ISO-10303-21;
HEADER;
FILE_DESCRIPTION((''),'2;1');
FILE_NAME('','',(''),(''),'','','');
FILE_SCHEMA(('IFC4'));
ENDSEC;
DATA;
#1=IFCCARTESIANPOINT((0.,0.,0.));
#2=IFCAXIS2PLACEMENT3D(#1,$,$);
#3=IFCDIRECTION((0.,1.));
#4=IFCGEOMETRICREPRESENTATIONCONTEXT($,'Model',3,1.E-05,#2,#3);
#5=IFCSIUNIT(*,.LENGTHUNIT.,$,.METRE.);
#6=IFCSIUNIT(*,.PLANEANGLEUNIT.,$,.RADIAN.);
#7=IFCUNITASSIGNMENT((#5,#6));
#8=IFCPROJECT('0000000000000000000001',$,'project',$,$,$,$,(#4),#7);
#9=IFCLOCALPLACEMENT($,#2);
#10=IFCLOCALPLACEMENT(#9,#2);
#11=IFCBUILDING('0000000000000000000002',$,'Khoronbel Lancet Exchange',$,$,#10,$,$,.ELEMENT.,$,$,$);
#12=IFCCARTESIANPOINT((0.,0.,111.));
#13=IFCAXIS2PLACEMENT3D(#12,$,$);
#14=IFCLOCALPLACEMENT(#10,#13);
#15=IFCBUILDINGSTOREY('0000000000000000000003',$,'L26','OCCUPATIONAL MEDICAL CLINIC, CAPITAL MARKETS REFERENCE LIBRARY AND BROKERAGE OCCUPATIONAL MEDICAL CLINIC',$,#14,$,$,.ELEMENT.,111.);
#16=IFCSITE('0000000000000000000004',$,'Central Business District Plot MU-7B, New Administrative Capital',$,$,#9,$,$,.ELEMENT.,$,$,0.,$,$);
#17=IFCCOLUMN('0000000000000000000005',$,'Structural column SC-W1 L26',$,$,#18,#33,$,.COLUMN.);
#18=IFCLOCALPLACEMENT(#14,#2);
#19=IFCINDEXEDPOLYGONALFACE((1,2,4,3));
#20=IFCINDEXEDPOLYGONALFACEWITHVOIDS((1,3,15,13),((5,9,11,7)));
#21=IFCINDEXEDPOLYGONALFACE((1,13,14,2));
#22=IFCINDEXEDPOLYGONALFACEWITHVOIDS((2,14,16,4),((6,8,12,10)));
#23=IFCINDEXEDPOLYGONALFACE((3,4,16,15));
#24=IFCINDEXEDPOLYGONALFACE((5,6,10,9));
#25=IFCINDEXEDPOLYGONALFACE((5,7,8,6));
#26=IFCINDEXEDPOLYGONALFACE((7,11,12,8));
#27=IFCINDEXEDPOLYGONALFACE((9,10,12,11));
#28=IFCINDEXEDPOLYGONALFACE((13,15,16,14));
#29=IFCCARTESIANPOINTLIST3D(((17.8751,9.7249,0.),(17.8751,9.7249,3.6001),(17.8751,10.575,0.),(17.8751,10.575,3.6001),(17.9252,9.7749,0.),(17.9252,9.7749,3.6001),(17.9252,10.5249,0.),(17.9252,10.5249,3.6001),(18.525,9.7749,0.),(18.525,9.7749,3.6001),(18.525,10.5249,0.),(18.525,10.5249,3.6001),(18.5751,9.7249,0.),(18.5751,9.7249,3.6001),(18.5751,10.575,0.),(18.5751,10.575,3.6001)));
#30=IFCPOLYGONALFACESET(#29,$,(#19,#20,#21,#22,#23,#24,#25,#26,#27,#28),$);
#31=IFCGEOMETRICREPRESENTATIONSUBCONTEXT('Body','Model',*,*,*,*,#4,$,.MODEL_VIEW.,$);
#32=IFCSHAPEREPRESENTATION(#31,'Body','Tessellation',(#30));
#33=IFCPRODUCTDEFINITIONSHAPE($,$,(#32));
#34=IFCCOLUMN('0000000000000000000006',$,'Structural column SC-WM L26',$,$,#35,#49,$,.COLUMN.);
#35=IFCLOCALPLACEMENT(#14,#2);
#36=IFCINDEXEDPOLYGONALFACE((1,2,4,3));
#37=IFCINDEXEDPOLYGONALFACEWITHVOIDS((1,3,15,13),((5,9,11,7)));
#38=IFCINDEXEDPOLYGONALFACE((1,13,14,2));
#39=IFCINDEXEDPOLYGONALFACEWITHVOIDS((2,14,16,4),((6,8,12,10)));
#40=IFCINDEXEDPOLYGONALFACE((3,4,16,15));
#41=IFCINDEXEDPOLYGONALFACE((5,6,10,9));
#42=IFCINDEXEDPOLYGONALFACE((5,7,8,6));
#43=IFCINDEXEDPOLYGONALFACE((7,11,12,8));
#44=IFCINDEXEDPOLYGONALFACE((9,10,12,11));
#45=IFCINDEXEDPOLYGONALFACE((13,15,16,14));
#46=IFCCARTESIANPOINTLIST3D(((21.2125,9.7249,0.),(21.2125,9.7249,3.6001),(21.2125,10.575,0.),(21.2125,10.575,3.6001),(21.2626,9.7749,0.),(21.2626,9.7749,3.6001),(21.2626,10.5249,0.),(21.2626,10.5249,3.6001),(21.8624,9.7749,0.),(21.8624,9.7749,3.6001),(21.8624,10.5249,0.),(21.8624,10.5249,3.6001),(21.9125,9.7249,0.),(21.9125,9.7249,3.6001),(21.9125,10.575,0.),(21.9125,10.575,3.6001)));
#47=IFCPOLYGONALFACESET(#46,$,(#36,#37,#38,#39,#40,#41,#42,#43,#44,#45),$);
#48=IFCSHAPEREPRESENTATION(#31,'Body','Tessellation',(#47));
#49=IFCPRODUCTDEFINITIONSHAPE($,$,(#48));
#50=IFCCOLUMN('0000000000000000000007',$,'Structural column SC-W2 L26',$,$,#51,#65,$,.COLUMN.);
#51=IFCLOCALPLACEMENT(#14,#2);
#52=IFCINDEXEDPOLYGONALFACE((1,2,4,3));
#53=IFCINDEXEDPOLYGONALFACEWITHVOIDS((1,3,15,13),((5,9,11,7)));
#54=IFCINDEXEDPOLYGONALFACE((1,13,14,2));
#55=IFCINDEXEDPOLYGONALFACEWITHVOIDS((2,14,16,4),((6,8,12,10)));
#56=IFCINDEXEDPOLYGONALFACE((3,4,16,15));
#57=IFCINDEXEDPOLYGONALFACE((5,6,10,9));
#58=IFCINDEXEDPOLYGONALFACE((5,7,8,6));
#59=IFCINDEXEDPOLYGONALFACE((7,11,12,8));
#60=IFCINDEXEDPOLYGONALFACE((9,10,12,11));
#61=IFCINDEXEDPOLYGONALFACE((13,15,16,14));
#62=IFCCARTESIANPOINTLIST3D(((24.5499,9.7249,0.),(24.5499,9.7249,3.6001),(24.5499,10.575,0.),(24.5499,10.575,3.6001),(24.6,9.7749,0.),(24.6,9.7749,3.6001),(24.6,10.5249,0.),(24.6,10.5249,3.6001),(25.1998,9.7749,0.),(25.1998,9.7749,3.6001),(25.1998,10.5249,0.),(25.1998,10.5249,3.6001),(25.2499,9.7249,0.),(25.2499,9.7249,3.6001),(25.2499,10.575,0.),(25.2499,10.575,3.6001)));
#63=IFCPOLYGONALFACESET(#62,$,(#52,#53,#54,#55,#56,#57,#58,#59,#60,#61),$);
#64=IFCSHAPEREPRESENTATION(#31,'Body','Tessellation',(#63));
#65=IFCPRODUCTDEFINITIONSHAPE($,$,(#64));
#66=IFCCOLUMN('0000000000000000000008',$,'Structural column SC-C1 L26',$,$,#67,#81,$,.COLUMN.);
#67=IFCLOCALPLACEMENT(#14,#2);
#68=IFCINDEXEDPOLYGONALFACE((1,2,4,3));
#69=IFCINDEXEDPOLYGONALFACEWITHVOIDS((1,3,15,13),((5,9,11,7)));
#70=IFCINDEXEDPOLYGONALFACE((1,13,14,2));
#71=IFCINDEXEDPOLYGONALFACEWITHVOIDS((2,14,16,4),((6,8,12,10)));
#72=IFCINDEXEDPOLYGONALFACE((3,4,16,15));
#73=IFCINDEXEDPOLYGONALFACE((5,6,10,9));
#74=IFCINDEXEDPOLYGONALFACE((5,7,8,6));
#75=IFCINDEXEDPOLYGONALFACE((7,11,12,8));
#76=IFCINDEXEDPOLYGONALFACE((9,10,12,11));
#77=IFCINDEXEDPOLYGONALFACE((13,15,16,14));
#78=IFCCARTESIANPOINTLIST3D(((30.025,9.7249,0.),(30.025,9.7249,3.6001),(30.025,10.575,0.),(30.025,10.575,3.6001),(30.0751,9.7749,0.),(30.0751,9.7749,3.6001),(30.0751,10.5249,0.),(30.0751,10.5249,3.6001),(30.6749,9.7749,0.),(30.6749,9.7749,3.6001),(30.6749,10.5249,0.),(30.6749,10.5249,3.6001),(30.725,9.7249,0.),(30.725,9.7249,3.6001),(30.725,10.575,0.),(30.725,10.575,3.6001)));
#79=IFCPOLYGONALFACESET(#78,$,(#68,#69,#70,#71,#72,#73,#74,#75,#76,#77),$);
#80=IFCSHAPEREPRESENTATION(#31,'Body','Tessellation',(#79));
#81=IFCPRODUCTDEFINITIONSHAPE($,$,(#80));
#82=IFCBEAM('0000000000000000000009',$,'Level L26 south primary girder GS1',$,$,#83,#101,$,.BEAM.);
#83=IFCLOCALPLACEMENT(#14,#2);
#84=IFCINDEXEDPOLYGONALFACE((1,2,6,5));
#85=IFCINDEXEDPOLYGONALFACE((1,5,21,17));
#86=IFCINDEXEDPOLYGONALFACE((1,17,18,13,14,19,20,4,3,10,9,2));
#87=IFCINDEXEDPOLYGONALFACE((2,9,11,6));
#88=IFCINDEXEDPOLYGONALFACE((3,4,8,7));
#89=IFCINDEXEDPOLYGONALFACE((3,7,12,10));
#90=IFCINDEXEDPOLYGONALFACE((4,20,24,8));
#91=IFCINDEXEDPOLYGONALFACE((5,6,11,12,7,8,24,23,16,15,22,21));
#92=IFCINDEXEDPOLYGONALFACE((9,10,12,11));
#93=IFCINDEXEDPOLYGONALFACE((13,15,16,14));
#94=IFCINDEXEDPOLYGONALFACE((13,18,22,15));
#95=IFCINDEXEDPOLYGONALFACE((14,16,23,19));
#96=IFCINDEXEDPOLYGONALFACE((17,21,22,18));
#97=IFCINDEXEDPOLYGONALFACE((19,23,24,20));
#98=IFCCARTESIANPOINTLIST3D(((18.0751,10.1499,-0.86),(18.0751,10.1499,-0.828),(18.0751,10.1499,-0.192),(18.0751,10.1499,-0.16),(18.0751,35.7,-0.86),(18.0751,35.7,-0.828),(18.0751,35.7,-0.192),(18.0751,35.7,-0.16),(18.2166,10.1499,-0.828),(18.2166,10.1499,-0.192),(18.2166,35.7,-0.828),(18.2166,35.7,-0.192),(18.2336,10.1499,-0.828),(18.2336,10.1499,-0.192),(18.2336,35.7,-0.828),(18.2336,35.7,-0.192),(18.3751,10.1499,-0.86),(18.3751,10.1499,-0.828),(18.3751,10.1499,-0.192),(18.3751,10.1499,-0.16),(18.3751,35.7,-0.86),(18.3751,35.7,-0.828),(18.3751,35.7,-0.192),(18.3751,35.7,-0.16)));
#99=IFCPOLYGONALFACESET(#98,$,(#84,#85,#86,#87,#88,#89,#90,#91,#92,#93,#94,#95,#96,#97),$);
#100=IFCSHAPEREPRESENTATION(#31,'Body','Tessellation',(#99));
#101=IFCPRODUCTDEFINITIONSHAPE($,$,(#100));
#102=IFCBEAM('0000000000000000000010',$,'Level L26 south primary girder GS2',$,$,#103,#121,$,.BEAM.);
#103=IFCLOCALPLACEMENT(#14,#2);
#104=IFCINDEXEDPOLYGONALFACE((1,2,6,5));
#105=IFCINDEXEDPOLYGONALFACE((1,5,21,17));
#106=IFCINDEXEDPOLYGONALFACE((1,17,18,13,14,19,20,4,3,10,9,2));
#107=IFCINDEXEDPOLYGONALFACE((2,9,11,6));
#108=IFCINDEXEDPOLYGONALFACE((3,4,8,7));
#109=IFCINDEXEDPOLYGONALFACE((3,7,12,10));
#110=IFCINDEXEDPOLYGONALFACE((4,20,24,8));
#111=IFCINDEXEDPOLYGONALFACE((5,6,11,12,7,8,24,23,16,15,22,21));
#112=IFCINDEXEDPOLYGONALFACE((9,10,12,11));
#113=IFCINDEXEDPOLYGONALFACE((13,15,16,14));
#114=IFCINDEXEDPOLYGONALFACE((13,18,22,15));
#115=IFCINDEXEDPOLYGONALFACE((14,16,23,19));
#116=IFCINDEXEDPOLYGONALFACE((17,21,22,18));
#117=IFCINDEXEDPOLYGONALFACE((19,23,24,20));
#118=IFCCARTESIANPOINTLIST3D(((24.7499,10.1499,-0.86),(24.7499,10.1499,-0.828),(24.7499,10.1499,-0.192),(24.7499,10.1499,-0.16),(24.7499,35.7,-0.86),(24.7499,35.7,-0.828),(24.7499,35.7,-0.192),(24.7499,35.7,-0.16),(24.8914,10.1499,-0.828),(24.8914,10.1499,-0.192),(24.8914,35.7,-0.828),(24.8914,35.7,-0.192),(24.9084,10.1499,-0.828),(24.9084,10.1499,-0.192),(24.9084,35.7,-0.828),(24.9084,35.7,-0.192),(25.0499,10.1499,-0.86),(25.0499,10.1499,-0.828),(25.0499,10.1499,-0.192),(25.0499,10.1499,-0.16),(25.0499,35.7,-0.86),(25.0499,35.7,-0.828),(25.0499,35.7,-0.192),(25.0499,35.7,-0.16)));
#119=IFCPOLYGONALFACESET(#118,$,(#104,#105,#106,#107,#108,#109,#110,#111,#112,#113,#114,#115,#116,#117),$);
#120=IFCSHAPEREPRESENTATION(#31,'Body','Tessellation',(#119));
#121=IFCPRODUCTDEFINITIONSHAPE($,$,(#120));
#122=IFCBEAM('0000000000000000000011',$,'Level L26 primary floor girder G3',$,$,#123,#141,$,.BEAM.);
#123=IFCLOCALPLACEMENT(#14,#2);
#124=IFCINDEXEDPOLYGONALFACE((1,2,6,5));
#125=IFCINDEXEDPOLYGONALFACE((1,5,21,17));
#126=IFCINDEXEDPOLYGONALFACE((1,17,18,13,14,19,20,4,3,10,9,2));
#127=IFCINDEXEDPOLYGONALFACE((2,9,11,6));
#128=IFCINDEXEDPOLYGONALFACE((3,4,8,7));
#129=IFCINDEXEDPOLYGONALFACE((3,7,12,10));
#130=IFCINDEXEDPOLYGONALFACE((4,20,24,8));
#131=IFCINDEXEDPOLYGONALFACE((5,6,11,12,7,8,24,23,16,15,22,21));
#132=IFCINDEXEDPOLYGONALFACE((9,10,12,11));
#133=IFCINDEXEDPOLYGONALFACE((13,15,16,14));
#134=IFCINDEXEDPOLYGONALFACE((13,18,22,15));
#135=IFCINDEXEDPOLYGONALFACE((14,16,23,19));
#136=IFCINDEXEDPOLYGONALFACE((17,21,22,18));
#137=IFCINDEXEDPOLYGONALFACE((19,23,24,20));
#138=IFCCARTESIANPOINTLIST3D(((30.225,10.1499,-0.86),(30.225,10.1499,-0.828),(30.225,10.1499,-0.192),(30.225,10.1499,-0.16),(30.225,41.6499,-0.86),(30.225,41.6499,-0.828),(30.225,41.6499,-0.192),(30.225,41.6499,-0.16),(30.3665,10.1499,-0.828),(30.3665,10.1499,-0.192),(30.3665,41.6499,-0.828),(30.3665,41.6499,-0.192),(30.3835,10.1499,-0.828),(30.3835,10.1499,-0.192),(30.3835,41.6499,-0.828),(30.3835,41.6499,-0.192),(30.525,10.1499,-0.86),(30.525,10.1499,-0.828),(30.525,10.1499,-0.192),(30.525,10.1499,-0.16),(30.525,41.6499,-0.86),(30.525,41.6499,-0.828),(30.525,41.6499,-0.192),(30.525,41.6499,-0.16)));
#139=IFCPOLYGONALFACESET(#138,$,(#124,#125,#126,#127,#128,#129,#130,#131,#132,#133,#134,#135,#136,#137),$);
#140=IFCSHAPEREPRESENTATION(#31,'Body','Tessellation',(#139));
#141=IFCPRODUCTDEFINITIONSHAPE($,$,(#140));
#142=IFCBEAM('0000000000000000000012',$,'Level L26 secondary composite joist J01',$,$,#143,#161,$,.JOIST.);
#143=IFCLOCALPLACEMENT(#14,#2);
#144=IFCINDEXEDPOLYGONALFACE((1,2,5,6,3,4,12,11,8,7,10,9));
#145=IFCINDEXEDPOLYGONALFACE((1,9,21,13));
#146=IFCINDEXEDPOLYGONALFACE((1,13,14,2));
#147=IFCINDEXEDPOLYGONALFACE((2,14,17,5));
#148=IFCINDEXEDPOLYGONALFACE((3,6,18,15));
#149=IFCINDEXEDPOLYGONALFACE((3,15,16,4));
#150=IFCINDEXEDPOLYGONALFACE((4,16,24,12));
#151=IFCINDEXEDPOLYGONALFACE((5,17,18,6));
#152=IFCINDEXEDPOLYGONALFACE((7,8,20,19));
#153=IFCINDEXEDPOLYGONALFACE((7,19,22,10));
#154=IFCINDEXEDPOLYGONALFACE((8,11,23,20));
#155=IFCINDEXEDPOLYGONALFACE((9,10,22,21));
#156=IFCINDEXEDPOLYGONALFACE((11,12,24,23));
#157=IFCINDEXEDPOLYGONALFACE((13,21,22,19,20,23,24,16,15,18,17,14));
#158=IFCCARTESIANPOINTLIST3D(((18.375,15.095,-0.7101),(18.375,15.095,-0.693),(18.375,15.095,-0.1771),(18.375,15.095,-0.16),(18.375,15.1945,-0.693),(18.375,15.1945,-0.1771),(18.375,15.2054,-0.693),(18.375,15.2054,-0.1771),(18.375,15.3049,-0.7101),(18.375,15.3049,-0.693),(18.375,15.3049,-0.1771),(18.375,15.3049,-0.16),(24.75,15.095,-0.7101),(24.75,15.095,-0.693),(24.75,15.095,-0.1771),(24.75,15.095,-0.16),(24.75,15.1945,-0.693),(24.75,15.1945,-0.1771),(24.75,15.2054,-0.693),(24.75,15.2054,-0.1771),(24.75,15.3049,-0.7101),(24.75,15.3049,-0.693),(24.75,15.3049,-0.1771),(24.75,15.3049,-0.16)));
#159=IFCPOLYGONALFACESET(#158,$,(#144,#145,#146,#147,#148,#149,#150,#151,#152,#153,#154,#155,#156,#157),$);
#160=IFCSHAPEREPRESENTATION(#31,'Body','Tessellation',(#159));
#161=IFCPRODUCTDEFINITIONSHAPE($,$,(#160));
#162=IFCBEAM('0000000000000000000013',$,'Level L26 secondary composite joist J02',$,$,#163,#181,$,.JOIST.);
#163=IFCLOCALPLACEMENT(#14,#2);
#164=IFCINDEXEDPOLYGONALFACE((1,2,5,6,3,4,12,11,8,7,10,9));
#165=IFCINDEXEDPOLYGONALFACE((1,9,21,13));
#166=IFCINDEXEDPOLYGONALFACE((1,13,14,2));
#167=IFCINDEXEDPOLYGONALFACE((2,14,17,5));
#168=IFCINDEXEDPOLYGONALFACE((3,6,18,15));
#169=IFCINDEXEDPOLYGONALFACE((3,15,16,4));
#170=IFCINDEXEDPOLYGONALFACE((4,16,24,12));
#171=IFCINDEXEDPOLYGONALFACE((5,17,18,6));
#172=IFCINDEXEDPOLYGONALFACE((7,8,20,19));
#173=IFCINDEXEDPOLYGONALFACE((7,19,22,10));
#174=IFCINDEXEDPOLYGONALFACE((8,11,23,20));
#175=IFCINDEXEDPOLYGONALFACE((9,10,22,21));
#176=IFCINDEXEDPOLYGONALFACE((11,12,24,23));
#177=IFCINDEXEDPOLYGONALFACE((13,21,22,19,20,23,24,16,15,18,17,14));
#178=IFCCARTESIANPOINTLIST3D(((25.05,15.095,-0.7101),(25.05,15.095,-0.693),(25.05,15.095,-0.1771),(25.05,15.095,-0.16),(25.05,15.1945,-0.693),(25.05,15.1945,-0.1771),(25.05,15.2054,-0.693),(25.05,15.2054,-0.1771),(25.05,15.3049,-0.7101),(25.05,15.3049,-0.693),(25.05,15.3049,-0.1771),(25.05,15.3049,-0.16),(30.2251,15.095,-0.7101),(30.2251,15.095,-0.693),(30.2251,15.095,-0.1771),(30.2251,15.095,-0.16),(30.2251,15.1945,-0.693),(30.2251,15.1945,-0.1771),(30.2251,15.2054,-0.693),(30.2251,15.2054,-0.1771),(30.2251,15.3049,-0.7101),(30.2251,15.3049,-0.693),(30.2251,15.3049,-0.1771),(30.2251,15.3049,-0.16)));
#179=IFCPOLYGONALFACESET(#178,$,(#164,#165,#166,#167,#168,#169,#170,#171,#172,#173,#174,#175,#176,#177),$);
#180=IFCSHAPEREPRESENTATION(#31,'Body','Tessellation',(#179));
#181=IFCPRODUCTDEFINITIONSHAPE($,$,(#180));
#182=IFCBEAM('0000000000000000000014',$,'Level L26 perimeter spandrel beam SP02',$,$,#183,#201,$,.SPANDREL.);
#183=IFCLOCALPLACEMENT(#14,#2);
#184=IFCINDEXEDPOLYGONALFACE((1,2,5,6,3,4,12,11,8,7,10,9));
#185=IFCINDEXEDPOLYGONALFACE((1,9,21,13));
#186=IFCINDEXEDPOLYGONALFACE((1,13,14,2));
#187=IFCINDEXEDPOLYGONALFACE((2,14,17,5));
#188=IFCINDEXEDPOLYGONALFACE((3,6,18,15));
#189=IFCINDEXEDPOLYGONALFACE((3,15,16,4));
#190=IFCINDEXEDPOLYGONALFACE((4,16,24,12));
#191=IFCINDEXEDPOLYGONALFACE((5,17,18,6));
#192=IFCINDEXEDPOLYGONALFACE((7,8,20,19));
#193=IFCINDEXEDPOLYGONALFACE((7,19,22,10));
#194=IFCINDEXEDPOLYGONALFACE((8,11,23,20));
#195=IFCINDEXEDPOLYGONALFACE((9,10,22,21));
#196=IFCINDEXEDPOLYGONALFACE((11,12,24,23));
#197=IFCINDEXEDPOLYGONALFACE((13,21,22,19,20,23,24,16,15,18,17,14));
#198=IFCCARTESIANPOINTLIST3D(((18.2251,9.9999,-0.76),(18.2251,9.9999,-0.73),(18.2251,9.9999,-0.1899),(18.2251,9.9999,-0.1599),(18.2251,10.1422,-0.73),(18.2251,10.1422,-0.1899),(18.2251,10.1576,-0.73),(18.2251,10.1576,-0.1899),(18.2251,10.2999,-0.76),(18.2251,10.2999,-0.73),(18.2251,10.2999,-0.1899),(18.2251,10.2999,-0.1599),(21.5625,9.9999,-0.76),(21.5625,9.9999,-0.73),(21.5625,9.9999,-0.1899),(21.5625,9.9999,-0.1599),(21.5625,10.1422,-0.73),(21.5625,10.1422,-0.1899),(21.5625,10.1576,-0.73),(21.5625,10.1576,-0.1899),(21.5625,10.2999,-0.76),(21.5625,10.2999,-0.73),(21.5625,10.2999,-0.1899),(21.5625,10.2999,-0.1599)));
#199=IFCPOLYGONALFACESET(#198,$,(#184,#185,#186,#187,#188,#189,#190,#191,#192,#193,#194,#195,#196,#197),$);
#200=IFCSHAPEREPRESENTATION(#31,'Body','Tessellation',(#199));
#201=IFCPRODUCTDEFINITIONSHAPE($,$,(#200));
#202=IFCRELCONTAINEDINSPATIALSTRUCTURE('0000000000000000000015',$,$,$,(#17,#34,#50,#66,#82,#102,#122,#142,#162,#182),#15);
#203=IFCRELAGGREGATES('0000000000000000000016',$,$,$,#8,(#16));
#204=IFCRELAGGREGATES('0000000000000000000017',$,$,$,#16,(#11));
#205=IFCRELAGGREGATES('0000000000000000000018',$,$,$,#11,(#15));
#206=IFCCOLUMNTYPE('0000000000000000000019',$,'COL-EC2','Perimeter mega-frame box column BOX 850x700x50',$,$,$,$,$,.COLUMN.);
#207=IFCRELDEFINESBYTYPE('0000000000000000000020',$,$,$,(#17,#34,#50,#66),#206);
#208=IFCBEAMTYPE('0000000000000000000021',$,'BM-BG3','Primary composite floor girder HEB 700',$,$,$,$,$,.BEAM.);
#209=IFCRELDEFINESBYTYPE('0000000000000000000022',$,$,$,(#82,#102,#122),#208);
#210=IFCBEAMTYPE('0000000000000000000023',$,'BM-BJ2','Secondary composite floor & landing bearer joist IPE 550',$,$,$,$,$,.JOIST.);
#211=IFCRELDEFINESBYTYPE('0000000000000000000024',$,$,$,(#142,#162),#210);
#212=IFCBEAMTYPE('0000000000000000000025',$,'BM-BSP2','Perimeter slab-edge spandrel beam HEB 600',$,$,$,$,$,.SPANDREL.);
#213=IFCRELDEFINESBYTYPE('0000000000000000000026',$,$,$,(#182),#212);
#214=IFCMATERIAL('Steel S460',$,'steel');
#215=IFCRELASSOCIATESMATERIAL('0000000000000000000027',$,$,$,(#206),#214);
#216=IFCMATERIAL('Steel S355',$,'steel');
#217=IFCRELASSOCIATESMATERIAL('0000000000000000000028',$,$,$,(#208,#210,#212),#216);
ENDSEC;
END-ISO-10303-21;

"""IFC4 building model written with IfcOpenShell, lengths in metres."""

from ifc_helpers import new_model, si_unit, direction, frame, origin, origin_2d, place, context, subcontext, project, spatial, hollow_rectangle, i_section, extrude, material, material_profile, profile_set, type_object, element, save


model = new_model("IFC4")

# Units and contexts
model_context = context("Model", 3, precision=1e-05, world=origin(), true_north=direction((0.0, 1.0)))
body_context = subcontext(model_context, "Body", "Model", "MODEL_VIEW")
ifc_project = project(units=[si_unit("LENGTHUNIT", "METRE"), si_unit("PLANEANGLEUNIT", "RADIAN")], contexts=[model_context])

# Site, building, storey
site_placement = place(None, origin())
site = spatial("IfcSite", under=ifc_project, at=site_placement, Name="Central Business District Plot MU-7B, New Administrative Capital", CompositionType="ELEMENT", RefElevation=0.0)
building_placement = place(site_placement, origin())
building = spatial("IfcBuilding", under=site, at=building_placement, Name="Khoronbel Lancet Exchange", CompositionType="ELEMENT")
storey_placement = place(building_placement, frame((0.0, 0.0, 111.0)))
storey = spatial("IfcBuildingStorey", under=building, at=storey_placement, Name="L26", Description="OCCUPATIONAL MEDICAL CLINIC, CAPITAL MARKETS REFERENCE LIBRARY AND BROKERAGE OCCUPATIONAL MEDICAL CLINIC", CompositionType="ELEMENT", Elevation=111.0)

# Columns
ifc_material_1 = material(Name="Steel S460", Category="steel")
ifc_material_profile_1 = material_profile(ifc_material_1, hollow_rectangle(XDim=0.7, YDim=0.8501, WallThickness=0.05, at=origin_2d()), Name="BOX 850x700x50")
ifc_profile_set_1 = profile_set([ifc_material_profile_1], Name="Steel S460")
column_type = type_object("IfcColumnType", Name="COL-EC2", Description="Perimeter mega-frame box column BOX 850x700x50", PredefinedType="COLUMN", material=ifc_profile_set_1)
for number, where, z_axis, x_axis, name in (
    (1, (18.2251, 10.1499, 0.0), (0.0, 0.0, 1.0), (1.0, 0.0, 0.0), "Structural column SC-W1 L26"),
    (2, (21.5625, 10.1499, 0.0), (0.0, 0.0, 1.0), (1.0, 0.0, 0.0), "Structural column SC-WM L26"),
    (3, (24.8999, 10.1499, 0.0), (0.0, 0.0, 1.0), (1.0, 0.0, 0.0), "Structural column SC-W2 L26"),
    (4, (30.375, 10.1499, 0.0), (0.0, 0.0, 1.0), (1.0, 0.0, 0.0), "Structural column SC-C1 L26"),
):
    element("IfcColumn", number, at=place(storey_placement, frame(where, z_axis=z_axis, x_axis=x_axis)), inside=storey, type_object=column_type, Name=name, PredefinedType="COLUMN", context=body_context, shape_type="SweptSolid", body=[
        extrude(hollow_rectangle(XDim=0.7, YDim=0.8501, WallThickness=0.05, at=origin_2d()), origin(), (0.0, 0.0, 1.0), 3.6001),
    ])

# Beams
ifc_material_2 = material(Name="Steel S355", Category="steel")
ifc_material_profile_2 = material_profile(ifc_material_2, i_section(OverallWidth=0.3, OverallDepth=0.7, WebThickness=0.0171, FlangeThickness=0.032, at=origin_2d()), Name="HEB 700")
ifc_profile_set_2 = profile_set([ifc_material_profile_2], Name="Steel S355")
beam_type_1 = type_object("IfcBeamType", Name="BM-BG3", Description="Primary composite floor girder HEB 700", PredefinedType="BEAM", material=ifc_profile_set_2)
for number, where, z_axis, x_axis, name in (
    (5, (18.2251, 10.1499, -0.51), (0.0, 1.0, 0.0), (-1.0, 0.0, 0.0), "Level L26 south primary girder GS1"),
    (6, (24.8999, 10.1499, -0.51), (0.0, 1.0, 0.0), (-1.0, 0.0, 0.0), "Level L26 south primary girder GS2"),
):
    element("IfcBeam", number, at=place(storey_placement, frame(where, z_axis=z_axis, x_axis=x_axis)), inside=storey, type_object=beam_type_1, Name=name, PredefinedType="BEAM", context=body_context, shape_type="SweptSolid", body=[
        extrude(i_section(OverallWidth=0.3, OverallDepth=0.7, WebThickness=0.0171, FlangeThickness=0.032, at=origin_2d()), origin(), (0.0, 0.0, 1.0), 25.55),
    ])
beam_1_placement = place(storey_placement, frame((30.375, 10.1499, -0.51), z_axis=(0.0, 1.0, 0.0), x_axis=(-1.0, 0.0, 0.0)))
element("IfcBeam", 7, at=beam_1_placement, inside=storey, type_object=beam_type_1, Name="Level L26 primary floor girder G3", PredefinedType="BEAM", context=body_context, shape_type="SweptSolid", body=[
    extrude(i_section(OverallWidth=0.3, OverallDepth=0.7, WebThickness=0.0171, FlangeThickness=0.032, at=origin_2d()), origin(), (0.0, 0.0, 1.0), 31.5),
])
ifc_material_profile_3 = material_profile(ifc_material_2, i_section(OverallWidth=0.21, OverallDepth=0.55, WebThickness=0.011, FlangeThickness=0.0171, at=origin_2d()), Name="IPE 550")
ifc_profile_set_3 = profile_set([ifc_material_profile_3], Name="Steel S355")
beam_type_2 = type_object("IfcBeamType", Name="BM-BJ2", Description="Secondary composite floor & landing bearer joist IPE 550", PredefinedType="JOIST", material=ifc_profile_set_3)
beam_2_placement = place(storey_placement, frame((18.375, 15.2, -0.4351), z_axis=(1.0, 0.0, 0.0), x_axis=(0.0, 1.0, 0.0)))
element("IfcBeam", 8, at=beam_2_placement, inside=storey, type_object=beam_type_2, Name="Level L26 secondary composite joist J01", PredefinedType="JOIST", context=body_context, shape_type="SweptSolid", body=[
    extrude(i_section(OverallWidth=0.21, OverallDepth=0.55, WebThickness=0.011, FlangeThickness=0.0171, at=origin_2d()), origin(), (0.0, 0.0, 1.0), 6.375),
])
beam_3_placement = place(storey_placement, frame((25.05, 15.2, -0.4351), z_axis=(1.0, 0.0, 0.0), x_axis=(0.0, 1.0, 0.0)))
element("IfcBeam", 9, at=beam_3_placement, inside=storey, type_object=beam_type_2, Name="Level L26 secondary composite joist J02", PredefinedType="JOIST", context=body_context, shape_type="SweptSolid", body=[
    extrude(i_section(OverallWidth=0.21, OverallDepth=0.55, WebThickness=0.011, FlangeThickness=0.0171, at=origin_2d()), origin(), (0.0, 0.0, 1.0), 5.175),
])
ifc_material_profile_4 = material_profile(ifc_material_2, i_section(OverallWidth=0.3, OverallDepth=0.6001, WebThickness=0.0154, FlangeThickness=0.03, at=origin_2d()), Name="HEB 600")
ifc_profile_set_4 = profile_set([ifc_material_profile_4], Name="Steel S355")
beam_type_3 = type_object("IfcBeamType", Name="BM-BSP2", Description="Perimeter slab-edge spandrel beam HEB 600", PredefinedType="SPANDREL", material=ifc_profile_set_4)
for number, where, z_axis, x_axis, name in (
    (10, (18.2251, 10.1499, -0.46), (1.0, 0.0, 0.0), (0.0, 1.0, 0.0), "Level L26 perimeter spandrel beam SP02"),
):
    element("IfcBeam", number, at=place(storey_placement, frame(where, z_axis=z_axis, x_axis=x_axis)), inside=storey, type_object=beam_type_3, Name=name, PredefinedType="SPANDREL", context=body_context, shape_type="SweptSolid", body=[
        extrude(i_section(OverallWidth=0.3, OverallDepth=0.6001, WebThickness=0.0154, FlangeThickness=0.03, at=origin_2d()), origin(), (0.0, 0.0, 1.0), 3.3374),
    ])

save(model, "model.ifc")
